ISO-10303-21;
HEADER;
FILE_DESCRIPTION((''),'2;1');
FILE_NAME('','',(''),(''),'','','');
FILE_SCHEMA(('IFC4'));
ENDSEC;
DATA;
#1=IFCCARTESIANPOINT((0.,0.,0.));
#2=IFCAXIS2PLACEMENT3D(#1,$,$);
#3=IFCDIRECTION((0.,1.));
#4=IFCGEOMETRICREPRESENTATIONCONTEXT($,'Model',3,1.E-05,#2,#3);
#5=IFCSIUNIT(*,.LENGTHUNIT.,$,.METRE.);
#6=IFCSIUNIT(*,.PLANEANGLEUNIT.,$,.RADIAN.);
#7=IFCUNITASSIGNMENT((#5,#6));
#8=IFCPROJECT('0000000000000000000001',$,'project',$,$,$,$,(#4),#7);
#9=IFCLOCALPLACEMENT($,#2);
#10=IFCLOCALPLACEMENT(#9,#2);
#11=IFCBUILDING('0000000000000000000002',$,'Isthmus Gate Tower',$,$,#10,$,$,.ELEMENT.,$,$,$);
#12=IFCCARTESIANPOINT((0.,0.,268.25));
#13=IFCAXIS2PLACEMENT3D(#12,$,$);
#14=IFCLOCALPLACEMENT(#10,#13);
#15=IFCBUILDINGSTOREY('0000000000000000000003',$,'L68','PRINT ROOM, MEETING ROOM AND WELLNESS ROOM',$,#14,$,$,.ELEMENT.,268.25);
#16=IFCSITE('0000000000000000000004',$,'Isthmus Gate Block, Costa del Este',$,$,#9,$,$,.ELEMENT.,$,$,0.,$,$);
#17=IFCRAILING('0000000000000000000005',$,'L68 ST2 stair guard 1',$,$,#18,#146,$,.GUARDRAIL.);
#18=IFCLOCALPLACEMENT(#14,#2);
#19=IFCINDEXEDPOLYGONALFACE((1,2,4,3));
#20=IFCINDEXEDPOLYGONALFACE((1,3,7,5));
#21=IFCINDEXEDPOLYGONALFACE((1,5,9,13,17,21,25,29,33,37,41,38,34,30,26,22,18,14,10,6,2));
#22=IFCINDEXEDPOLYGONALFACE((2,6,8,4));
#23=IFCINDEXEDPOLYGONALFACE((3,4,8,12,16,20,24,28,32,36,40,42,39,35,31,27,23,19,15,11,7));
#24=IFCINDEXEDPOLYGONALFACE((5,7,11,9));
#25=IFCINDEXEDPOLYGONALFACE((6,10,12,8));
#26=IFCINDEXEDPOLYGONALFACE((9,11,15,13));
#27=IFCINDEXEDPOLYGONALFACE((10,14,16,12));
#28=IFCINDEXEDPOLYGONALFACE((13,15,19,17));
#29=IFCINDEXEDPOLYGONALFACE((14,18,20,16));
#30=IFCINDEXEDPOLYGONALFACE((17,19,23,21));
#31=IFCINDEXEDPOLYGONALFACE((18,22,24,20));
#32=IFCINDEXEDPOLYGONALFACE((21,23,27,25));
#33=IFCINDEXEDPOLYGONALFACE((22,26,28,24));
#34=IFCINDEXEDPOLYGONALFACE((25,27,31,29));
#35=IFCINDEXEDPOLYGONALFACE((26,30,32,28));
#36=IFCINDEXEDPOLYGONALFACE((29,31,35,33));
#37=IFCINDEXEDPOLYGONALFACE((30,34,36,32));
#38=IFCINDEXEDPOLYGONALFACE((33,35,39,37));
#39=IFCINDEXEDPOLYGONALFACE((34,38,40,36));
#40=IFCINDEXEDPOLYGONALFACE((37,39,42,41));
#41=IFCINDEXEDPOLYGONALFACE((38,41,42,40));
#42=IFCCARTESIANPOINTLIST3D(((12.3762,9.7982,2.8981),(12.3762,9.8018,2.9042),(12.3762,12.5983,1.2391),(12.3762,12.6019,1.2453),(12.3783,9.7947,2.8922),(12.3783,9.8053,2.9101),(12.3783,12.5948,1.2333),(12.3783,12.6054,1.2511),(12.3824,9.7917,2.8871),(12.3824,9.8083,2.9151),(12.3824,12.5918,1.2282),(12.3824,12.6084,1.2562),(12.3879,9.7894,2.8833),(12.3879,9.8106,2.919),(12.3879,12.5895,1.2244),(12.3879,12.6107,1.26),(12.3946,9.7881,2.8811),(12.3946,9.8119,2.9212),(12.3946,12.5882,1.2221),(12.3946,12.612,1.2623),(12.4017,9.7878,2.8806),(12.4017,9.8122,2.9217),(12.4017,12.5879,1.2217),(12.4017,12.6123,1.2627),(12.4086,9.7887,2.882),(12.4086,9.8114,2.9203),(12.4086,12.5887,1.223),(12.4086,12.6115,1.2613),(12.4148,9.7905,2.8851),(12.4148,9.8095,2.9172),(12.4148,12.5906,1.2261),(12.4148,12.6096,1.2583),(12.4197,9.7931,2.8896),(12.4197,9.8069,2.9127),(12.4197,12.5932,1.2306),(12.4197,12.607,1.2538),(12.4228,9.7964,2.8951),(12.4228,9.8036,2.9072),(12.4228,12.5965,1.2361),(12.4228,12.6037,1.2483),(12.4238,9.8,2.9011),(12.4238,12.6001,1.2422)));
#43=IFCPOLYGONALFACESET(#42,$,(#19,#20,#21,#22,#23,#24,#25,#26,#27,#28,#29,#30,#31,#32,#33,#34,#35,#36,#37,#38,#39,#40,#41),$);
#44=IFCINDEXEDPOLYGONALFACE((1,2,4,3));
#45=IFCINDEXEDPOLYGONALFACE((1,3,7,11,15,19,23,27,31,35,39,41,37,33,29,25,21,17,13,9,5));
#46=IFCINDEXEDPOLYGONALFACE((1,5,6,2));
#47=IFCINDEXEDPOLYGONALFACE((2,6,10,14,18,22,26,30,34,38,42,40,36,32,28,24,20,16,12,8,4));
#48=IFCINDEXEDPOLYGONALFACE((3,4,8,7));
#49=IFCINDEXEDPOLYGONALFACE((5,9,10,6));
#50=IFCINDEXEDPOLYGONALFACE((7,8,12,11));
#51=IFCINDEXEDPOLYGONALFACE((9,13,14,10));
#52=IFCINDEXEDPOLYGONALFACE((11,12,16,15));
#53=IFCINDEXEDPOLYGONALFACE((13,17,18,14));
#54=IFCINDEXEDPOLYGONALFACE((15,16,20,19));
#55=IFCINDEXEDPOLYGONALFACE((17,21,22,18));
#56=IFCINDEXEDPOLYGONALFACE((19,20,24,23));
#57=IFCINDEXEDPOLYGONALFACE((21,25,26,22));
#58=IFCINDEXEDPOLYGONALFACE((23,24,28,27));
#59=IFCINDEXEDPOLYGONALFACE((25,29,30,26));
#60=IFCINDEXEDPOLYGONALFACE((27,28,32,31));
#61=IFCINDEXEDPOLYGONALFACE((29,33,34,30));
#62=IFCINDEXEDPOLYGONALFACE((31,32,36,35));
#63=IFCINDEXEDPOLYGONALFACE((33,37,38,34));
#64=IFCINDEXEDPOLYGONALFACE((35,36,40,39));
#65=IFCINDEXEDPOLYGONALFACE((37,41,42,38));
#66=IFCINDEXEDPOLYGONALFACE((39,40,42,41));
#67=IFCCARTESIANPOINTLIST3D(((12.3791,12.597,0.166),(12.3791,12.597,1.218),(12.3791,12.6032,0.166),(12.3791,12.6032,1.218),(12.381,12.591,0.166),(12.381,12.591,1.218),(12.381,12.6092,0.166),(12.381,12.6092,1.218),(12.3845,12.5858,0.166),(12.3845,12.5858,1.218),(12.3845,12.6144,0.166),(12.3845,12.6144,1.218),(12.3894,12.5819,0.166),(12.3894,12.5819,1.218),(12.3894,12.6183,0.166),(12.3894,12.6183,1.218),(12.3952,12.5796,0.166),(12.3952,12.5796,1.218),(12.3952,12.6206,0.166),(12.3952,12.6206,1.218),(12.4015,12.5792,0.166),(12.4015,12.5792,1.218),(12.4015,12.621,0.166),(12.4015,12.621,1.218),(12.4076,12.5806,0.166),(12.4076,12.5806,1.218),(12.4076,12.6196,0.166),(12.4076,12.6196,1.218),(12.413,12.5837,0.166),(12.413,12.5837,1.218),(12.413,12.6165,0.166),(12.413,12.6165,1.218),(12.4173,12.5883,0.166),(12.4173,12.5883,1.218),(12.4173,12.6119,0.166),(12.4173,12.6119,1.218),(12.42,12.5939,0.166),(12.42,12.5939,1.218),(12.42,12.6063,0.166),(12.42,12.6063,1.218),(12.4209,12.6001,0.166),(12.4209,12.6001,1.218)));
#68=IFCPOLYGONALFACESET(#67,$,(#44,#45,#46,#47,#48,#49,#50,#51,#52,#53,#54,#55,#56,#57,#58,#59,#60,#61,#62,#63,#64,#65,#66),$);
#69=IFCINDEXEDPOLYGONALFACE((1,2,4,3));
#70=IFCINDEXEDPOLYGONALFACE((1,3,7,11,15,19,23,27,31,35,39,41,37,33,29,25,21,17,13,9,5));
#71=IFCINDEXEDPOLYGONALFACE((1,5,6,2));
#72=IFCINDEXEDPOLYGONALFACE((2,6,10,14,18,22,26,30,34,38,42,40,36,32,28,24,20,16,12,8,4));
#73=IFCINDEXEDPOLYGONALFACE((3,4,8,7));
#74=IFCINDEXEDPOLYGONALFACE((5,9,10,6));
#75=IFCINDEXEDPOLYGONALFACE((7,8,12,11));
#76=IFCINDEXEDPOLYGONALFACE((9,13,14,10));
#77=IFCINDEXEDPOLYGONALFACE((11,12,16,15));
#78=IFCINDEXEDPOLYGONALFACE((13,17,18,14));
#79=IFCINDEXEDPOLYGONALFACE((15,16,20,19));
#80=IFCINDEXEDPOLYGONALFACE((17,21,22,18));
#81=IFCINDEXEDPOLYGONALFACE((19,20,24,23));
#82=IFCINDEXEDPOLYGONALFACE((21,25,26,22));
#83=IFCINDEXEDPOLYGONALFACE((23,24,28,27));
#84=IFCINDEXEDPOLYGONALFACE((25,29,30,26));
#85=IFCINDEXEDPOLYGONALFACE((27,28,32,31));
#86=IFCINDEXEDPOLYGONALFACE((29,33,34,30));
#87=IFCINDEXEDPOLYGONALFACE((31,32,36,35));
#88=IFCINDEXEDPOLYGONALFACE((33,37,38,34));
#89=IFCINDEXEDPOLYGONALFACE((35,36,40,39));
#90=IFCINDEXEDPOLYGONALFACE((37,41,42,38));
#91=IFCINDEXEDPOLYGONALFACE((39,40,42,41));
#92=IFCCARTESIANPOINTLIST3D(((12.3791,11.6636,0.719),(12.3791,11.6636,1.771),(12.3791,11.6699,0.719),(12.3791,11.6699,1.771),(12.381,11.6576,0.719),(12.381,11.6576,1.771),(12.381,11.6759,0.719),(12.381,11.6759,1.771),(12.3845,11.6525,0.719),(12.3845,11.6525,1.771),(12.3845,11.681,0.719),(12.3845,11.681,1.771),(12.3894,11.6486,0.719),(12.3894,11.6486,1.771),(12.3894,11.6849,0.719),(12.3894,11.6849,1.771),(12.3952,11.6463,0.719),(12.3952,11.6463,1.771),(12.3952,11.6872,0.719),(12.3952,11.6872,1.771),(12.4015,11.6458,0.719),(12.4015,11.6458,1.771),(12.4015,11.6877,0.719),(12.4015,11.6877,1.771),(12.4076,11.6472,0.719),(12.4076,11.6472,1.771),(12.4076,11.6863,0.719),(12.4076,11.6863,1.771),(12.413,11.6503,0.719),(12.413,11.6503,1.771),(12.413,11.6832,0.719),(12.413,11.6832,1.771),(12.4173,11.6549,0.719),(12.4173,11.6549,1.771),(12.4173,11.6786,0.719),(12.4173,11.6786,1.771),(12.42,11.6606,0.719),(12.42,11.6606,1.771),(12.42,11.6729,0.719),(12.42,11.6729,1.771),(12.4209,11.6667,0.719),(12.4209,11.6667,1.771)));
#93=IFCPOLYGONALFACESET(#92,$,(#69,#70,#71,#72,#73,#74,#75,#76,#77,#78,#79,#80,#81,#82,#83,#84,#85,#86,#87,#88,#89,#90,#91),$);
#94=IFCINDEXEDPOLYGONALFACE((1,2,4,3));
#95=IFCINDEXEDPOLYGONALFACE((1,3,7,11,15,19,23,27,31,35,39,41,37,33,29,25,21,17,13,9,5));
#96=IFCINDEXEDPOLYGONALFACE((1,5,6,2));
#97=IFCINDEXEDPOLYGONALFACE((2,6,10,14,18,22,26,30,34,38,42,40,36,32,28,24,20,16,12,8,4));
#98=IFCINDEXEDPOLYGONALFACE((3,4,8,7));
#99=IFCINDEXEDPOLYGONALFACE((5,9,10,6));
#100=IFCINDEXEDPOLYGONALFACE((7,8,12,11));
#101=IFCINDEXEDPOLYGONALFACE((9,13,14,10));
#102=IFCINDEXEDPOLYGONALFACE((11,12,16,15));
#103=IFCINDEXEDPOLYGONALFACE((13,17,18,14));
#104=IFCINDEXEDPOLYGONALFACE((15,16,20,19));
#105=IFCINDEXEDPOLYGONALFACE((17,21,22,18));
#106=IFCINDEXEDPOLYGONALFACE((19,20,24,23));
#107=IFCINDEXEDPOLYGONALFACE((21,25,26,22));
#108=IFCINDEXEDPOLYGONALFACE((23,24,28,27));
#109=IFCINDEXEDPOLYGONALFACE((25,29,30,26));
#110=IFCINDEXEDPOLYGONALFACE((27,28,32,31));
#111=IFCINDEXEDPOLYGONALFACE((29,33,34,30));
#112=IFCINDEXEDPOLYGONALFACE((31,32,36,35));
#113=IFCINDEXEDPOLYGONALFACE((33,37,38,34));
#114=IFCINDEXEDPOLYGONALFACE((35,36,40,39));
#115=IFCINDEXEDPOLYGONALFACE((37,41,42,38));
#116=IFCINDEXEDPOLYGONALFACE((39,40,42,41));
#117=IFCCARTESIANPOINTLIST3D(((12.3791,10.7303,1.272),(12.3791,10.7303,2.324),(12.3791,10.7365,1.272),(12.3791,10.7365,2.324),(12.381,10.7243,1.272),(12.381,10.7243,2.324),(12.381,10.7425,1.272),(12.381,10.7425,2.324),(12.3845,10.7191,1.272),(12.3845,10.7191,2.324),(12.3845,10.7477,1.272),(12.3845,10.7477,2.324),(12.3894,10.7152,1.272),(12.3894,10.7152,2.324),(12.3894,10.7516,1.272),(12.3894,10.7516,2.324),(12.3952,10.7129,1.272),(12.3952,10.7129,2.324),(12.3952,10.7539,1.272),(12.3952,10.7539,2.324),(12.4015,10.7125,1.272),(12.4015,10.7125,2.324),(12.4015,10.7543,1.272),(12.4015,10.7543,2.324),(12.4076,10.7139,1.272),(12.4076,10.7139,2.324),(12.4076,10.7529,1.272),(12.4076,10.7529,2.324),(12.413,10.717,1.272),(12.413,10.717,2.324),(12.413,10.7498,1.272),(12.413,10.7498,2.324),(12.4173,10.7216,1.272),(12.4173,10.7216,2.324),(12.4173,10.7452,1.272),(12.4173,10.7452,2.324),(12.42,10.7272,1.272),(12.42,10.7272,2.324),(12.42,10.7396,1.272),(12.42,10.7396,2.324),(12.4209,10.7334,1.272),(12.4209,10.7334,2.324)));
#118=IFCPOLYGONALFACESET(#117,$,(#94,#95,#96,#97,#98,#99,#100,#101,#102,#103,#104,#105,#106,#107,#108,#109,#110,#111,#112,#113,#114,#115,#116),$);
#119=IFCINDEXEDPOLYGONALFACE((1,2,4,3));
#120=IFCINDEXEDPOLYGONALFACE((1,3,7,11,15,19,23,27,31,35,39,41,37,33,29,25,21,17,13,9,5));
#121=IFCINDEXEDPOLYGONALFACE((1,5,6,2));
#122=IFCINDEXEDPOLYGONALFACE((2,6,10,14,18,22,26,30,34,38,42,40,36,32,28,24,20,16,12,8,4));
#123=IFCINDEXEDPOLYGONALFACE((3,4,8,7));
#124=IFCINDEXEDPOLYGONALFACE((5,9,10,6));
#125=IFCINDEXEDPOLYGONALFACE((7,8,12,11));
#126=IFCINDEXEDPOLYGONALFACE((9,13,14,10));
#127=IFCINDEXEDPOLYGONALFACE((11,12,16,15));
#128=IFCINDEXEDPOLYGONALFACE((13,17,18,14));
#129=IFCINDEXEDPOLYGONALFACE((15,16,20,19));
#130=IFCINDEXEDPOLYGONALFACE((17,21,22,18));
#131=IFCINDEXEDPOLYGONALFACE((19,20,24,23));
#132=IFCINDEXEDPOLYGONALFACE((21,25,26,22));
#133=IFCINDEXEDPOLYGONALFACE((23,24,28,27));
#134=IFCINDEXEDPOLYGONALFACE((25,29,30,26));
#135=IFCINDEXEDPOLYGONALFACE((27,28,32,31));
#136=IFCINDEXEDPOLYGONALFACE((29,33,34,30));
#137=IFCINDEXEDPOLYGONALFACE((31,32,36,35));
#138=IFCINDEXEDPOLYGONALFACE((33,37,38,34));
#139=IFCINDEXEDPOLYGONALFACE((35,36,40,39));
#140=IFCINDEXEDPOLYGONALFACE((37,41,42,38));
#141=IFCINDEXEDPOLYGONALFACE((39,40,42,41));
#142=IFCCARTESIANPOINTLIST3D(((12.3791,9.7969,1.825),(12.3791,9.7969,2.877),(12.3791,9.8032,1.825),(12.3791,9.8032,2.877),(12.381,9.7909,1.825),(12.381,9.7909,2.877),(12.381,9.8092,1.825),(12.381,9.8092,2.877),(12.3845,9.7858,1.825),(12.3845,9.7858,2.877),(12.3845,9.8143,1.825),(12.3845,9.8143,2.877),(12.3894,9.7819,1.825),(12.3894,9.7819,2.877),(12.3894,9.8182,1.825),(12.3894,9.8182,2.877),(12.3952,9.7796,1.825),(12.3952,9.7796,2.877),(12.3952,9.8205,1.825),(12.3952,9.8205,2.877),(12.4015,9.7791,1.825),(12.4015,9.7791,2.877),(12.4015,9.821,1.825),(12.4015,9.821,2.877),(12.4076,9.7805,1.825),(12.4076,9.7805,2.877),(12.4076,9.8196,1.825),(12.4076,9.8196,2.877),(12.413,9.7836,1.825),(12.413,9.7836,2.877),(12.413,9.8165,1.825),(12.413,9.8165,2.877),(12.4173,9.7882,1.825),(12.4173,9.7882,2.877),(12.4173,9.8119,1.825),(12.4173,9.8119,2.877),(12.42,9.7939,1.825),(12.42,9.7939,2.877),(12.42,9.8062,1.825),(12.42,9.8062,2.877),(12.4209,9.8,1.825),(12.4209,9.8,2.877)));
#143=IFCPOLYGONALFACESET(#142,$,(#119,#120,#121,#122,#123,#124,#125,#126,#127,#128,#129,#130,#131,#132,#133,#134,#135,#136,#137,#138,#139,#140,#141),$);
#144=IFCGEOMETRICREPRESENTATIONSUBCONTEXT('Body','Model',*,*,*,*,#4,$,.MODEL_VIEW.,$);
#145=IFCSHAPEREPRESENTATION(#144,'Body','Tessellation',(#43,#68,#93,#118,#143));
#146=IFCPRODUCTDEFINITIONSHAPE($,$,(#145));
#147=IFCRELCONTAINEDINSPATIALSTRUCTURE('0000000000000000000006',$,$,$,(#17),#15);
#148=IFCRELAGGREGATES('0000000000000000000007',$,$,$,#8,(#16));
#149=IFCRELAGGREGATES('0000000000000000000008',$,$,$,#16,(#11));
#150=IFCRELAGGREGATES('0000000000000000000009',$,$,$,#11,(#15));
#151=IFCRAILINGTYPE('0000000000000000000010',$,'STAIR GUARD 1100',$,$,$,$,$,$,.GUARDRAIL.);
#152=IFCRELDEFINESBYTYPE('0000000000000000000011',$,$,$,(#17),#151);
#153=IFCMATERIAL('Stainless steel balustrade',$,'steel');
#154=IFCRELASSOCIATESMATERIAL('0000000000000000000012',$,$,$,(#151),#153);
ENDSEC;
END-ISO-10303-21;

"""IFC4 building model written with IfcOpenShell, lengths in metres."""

from ifc_helpers import new_model, si_unit, direction, frame, origin, origin_2d, place, context, subcontext, project, spatial, circle, extrude, material, type_object, element, save


model = new_model("IFC4")

# Units and contexts
model_context = context("Model", 3, precision=1e-05, world=origin(), true_north=direction((0.0, 1.0)))
body_context = subcontext(model_context, "Body", "Model", "MODEL_VIEW")
ifc_project = project(units=[si_unit("LENGTHUNIT", "METRE"), si_unit("PLANEANGLEUNIT", "RADIAN")], contexts=[model_context])

# Site, building, storey
site_placement = place(None, origin())
site = spatial("IfcSite", under=ifc_project, at=site_placement, Name="Isthmus Gate Block, Costa del Este", CompositionType="ELEMENT", RefElevation=0.0)
building_placement = place(site_placement, origin())
building = spatial("IfcBuilding", under=site, at=building_placement, Name="Isthmus Gate Tower", CompositionType="ELEMENT")
storey_placement = place(building_placement, frame((0.0, 0.0, 268.25)))
storey = spatial("IfcBuildingStorey", under=building, at=storey_placement, Name="L68", Description="PRINT ROOM, MEETING ROOM AND WELLNESS ROOM", CompositionType="ELEMENT", Elevation=268.25)

# Railing
ifc_material_1 = material(Name="Stainless steel balustrade", Category="steel")
railing_type = type_object("IfcRailingType", Name="STAIR GUARD 1100", PredefinedType="GUARDRAIL", material=ifc_material_1)
railing_placement = place(storey_placement, frame((12.3999, 12.6001, 0.166)))
element("IfcRailing", 1, at=railing_placement, inside=storey, type_object=railing_type, Name="L68 ST2 stair guard 1", PredefinedType="GUARDRAIL", context=body_context, shape_type="SweptSolid", body=[
    extrude(circle(Radius=0.0239, at=origin_2d()), frame((0.0, 0.0, 1.0762), z_axis=(0.0, -0.860339, 0.509722), x_axis=(1.0, 0.0, 0.0)), (0.0, 0.0, 1.0), 3.2546),
    extrude(circle(Radius=0.021, at=origin_2d()), origin(), (0.0, 0.0, 1.0), 1.052),
    extrude(circle(Radius=0.021, at=origin_2d()), frame((0.0, -0.9333, 0.553)), (0.0, 0.0, 1.0), 1.052),
    extrude(circle(Radius=0.021, at=origin_2d()), frame((0.0, -1.8667, 1.106)), (0.0, 0.0, 1.0), 1.052),
    extrude(circle(Radius=0.021, at=origin_2d()), frame((0.0, -2.8, 1.6589)), (0.0, 0.0, 1.0), 1.052),
])

save(model, "model.ifc")
